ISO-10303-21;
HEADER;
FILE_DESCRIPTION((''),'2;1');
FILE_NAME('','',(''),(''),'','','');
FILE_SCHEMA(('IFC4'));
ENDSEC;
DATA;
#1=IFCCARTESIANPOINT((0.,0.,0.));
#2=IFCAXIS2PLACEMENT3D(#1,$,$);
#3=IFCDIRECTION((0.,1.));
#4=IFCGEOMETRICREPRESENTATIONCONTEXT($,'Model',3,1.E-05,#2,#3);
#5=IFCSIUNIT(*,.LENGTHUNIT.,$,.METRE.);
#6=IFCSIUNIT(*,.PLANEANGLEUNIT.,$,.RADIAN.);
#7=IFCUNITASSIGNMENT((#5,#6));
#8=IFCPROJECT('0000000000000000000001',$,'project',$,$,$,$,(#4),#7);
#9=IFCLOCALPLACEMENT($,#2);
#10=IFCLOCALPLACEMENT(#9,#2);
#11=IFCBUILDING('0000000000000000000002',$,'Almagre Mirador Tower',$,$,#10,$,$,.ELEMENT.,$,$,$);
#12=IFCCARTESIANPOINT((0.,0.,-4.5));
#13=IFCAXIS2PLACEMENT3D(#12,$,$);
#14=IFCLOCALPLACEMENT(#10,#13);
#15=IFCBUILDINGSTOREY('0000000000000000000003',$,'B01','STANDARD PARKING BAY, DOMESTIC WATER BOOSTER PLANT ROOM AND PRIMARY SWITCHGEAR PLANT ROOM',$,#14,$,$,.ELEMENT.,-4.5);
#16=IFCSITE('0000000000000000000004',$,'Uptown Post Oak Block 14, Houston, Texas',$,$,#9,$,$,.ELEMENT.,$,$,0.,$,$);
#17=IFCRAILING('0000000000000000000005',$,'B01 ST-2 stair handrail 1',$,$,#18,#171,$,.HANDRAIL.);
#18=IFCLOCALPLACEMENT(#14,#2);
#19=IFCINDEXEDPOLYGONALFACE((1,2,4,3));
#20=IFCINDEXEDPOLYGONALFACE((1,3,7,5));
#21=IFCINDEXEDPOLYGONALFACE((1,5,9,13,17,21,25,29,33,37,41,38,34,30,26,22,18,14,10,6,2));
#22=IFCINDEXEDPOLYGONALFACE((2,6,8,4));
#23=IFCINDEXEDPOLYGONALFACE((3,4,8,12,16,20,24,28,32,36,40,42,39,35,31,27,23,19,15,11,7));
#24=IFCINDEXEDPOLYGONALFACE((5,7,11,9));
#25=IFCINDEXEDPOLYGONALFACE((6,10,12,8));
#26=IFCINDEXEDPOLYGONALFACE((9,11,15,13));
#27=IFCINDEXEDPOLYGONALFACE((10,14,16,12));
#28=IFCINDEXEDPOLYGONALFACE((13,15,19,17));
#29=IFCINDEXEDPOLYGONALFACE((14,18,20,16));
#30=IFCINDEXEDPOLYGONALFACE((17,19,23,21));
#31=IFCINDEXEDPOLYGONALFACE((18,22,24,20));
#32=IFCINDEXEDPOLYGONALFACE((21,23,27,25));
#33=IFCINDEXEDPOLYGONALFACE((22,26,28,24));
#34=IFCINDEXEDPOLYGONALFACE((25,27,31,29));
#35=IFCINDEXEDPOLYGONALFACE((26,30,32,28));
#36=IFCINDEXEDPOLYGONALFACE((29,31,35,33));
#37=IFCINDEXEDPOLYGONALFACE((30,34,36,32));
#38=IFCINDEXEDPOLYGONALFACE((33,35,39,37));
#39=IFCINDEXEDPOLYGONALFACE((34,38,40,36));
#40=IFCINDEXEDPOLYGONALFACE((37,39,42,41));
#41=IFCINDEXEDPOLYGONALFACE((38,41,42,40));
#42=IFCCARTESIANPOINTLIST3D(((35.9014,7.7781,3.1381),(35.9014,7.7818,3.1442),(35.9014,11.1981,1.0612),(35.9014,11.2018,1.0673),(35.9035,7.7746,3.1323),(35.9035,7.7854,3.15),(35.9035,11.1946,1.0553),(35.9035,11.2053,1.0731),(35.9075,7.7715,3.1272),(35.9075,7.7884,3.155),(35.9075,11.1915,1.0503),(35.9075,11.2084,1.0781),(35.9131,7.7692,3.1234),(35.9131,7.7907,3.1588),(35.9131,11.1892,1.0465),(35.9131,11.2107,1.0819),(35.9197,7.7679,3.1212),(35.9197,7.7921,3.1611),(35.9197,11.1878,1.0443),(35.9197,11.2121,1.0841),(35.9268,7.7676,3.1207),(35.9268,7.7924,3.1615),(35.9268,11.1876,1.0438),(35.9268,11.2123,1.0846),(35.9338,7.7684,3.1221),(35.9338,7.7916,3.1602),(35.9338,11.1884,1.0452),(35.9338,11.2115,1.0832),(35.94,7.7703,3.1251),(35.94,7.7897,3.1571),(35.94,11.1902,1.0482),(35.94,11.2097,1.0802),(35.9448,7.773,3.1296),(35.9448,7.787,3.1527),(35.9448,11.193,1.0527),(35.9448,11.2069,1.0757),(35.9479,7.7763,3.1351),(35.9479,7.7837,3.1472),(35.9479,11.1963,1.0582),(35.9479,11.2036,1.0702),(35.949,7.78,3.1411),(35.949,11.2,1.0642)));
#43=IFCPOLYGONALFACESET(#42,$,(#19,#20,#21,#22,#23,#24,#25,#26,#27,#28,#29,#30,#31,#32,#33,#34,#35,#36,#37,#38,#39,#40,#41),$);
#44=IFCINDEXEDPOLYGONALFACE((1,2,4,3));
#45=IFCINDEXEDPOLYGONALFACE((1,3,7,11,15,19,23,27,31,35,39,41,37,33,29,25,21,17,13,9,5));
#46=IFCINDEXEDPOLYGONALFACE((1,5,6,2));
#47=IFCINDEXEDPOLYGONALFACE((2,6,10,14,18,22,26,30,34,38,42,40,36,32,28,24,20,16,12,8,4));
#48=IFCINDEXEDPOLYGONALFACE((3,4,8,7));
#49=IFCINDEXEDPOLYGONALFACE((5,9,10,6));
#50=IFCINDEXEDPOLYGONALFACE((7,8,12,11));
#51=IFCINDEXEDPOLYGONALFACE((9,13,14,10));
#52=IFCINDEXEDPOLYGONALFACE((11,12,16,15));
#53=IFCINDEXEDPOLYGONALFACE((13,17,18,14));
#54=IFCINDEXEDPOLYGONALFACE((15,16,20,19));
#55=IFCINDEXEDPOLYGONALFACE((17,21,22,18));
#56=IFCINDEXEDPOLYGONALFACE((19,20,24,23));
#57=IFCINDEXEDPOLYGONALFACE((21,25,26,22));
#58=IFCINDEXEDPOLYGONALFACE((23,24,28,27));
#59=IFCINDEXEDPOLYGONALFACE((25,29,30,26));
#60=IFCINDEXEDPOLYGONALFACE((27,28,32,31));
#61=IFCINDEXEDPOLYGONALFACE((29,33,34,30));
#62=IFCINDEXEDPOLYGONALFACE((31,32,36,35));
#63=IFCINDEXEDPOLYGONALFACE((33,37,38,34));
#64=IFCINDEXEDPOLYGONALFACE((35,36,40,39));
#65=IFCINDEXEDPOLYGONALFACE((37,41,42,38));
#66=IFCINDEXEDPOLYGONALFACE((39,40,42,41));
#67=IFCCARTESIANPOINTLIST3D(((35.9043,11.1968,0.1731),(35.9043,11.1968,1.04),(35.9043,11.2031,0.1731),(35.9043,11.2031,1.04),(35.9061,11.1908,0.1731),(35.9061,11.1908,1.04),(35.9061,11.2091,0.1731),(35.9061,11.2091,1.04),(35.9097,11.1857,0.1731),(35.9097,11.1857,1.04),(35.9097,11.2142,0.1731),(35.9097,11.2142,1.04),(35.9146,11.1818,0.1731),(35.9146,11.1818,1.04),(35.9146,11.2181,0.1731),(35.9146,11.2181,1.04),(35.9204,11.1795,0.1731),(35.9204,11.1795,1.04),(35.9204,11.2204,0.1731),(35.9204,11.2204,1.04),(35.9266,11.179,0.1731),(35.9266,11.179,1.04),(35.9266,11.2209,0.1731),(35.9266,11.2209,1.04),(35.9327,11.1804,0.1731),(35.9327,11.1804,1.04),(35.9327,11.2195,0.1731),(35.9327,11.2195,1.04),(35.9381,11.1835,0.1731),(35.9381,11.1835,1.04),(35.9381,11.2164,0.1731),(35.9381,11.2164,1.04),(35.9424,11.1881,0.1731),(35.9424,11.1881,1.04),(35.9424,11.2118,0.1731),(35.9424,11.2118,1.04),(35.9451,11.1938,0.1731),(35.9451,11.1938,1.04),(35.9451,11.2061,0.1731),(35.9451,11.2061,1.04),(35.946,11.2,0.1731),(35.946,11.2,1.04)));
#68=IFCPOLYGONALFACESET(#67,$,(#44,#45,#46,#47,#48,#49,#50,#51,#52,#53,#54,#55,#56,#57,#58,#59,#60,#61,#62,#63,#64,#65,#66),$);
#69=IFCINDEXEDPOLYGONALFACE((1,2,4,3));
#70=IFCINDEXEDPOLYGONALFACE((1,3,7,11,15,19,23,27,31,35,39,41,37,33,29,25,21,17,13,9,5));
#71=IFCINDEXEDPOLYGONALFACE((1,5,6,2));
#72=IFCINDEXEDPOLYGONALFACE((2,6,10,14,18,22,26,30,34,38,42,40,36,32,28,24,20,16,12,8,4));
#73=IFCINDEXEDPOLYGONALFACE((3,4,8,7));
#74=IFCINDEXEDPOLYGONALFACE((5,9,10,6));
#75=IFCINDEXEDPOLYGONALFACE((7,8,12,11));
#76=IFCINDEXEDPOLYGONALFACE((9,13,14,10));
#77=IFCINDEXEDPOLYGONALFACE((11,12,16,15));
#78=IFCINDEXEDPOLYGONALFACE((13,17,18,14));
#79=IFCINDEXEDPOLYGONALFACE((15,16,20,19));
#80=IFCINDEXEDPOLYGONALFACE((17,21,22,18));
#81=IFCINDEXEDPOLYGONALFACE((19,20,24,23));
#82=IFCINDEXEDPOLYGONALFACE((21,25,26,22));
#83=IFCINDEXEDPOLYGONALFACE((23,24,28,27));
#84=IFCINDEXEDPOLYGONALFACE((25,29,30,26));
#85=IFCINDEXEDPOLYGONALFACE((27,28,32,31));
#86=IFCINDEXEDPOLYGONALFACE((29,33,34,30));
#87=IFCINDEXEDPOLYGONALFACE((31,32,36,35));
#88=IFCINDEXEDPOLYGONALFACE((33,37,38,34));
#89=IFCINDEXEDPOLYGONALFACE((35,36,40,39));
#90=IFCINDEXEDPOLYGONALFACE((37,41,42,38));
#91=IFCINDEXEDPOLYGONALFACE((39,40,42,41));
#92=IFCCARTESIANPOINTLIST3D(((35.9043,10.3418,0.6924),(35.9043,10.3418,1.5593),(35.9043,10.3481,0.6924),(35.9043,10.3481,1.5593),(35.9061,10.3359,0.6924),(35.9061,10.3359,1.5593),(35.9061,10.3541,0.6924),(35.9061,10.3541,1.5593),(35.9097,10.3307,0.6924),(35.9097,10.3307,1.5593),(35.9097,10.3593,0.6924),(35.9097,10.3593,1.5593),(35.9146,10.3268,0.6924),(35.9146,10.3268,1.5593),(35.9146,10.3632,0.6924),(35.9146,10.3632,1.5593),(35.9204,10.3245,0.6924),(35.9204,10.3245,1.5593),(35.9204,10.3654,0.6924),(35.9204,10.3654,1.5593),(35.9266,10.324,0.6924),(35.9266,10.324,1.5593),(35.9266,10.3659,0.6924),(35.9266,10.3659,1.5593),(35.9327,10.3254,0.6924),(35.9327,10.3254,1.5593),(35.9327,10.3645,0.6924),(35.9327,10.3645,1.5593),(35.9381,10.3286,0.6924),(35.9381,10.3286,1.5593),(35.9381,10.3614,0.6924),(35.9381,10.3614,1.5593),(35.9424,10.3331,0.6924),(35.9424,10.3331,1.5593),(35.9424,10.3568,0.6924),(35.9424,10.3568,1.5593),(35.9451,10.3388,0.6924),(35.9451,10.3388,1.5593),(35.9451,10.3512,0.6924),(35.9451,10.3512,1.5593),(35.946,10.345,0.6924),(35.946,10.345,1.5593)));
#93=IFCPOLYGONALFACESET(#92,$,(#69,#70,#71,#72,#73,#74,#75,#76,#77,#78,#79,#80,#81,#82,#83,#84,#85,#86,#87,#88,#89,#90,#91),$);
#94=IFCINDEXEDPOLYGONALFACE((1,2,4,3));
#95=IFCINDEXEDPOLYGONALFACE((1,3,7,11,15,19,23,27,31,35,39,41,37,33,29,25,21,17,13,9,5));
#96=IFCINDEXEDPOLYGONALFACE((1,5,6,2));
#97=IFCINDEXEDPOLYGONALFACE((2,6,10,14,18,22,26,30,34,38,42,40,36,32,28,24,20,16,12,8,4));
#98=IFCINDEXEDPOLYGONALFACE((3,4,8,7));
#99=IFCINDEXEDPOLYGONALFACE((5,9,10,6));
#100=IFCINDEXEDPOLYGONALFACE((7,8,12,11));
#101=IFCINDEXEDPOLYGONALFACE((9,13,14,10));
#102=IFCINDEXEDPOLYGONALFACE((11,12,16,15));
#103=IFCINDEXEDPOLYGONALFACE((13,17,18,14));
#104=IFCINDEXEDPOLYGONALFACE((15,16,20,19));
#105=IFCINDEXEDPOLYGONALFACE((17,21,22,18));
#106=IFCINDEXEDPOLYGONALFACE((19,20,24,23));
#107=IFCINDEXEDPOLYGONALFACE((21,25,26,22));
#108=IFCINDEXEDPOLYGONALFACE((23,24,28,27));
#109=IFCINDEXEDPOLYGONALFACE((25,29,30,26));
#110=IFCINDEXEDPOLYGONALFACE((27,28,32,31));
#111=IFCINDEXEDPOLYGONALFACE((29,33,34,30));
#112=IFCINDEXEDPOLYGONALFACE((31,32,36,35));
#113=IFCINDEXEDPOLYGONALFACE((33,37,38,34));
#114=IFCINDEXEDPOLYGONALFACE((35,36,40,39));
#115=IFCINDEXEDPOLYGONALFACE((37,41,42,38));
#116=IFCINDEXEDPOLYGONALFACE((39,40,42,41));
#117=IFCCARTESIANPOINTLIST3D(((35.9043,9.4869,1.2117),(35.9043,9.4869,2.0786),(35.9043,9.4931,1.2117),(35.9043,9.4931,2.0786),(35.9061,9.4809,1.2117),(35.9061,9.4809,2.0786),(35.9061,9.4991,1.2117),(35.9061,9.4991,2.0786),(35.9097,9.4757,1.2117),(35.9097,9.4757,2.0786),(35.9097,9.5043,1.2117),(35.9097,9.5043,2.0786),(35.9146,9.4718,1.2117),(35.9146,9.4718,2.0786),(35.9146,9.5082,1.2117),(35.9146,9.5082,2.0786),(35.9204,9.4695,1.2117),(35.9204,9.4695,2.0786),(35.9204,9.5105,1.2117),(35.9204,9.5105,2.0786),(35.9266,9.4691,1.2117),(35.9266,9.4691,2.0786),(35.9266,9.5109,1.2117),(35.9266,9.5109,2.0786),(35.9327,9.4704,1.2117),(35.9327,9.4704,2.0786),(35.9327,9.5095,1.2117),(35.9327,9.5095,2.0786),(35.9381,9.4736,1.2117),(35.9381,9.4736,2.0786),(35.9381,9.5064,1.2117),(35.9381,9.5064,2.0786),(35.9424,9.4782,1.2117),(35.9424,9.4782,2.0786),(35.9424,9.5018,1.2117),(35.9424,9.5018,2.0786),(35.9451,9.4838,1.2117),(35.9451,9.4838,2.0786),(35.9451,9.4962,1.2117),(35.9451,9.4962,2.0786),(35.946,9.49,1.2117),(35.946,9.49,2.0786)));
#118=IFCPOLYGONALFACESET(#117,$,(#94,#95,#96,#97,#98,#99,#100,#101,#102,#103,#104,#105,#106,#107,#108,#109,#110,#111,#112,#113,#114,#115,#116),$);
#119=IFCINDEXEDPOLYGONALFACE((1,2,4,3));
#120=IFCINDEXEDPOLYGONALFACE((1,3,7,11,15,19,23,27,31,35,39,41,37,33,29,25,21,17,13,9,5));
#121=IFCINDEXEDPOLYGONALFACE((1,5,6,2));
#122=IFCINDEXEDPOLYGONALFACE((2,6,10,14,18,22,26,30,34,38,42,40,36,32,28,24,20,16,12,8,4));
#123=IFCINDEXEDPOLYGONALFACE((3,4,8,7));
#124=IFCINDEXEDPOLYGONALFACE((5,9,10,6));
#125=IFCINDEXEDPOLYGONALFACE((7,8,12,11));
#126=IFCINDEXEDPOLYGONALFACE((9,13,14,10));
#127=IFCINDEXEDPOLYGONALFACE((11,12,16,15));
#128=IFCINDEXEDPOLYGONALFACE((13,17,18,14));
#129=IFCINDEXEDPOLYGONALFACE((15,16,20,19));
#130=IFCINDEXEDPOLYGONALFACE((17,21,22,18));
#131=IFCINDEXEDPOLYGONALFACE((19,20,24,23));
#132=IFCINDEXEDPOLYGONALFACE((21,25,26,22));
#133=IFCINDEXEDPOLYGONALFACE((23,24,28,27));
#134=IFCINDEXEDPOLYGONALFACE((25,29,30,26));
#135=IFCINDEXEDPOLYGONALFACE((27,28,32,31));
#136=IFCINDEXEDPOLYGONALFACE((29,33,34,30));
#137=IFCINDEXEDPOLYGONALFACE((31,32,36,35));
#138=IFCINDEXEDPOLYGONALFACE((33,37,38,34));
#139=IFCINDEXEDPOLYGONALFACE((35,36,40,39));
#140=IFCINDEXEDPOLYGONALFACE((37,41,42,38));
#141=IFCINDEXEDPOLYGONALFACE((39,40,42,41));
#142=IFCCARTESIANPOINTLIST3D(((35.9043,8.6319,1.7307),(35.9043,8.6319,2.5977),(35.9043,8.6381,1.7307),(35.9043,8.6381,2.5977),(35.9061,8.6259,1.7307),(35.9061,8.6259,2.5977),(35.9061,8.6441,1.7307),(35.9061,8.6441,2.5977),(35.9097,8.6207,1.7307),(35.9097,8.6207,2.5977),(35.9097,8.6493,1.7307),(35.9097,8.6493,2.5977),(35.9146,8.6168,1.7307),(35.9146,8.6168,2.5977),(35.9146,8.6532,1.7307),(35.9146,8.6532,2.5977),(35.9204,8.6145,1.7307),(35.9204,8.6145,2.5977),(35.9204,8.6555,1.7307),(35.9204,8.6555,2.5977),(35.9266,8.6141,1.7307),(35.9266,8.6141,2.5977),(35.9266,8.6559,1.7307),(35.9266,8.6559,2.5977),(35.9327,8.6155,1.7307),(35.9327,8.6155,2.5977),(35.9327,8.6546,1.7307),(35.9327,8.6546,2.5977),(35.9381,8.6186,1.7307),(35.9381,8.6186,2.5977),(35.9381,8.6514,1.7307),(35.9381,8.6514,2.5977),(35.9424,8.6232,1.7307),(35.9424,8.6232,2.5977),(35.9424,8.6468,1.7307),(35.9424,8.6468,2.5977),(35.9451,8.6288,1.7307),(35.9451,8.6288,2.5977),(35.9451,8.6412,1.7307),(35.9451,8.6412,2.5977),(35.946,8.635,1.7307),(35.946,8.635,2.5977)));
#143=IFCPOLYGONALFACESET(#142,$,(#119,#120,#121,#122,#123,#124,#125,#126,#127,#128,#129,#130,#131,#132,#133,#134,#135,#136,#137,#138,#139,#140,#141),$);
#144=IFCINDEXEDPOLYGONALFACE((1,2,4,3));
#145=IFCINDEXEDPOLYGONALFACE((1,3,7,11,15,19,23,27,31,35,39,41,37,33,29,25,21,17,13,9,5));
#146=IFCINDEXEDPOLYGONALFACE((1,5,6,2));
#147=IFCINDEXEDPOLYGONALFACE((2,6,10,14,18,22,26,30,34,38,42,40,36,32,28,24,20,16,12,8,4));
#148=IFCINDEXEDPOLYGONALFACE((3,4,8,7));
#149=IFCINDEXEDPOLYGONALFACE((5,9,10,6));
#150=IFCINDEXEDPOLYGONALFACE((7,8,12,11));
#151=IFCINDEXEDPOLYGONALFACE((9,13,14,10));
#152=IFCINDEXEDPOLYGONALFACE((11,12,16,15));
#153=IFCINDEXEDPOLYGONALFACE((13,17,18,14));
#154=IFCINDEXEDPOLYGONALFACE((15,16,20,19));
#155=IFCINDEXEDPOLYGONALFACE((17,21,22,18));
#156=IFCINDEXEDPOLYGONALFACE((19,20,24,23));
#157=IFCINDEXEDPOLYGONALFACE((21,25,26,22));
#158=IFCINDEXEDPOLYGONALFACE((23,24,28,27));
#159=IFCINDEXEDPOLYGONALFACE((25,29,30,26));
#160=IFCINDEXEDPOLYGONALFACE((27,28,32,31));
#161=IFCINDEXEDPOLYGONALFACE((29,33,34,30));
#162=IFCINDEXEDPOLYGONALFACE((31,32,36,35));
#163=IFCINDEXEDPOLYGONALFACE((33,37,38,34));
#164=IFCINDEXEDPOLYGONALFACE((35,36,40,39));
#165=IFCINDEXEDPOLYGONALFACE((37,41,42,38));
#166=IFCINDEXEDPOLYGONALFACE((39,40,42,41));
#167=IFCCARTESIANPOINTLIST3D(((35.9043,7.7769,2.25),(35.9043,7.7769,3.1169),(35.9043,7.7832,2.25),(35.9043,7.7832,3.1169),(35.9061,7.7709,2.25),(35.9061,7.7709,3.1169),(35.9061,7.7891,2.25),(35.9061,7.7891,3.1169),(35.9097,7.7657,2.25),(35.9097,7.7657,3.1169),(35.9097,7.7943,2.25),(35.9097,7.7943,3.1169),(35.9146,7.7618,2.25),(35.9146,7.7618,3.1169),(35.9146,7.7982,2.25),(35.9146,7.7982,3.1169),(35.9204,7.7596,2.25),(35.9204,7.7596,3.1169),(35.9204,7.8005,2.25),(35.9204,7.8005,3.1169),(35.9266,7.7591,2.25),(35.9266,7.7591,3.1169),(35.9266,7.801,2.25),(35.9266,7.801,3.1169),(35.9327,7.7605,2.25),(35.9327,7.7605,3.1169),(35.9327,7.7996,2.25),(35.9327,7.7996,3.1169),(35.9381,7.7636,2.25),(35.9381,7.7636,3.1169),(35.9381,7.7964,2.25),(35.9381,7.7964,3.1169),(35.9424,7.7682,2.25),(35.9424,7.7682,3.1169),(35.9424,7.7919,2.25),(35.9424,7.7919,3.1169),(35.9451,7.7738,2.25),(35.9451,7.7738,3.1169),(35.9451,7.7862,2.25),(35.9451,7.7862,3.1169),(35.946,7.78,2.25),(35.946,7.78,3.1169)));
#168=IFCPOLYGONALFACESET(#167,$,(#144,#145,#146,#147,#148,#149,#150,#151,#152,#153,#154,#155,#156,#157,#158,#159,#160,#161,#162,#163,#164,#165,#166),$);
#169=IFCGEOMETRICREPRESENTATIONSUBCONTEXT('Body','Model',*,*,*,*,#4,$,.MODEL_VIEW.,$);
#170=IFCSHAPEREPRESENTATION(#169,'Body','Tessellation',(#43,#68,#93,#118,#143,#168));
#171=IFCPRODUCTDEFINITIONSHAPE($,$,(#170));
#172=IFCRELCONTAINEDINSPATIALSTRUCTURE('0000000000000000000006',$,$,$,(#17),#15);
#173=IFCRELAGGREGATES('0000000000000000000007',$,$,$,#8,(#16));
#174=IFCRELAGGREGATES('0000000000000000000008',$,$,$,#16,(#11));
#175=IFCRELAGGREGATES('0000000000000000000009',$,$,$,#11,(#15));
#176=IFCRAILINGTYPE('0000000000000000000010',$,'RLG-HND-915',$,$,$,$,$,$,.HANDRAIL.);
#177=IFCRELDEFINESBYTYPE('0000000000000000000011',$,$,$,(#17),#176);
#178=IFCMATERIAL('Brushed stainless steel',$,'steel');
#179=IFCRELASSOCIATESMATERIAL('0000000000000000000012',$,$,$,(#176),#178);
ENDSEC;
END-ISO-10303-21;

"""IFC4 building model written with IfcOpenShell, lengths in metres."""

from ifc_helpers import new_model, si_unit, direction, frame, origin, origin_2d, place, context, subcontext, project, spatial, circle, extrude, material, type_object, element, save


model = new_model("IFC4")

# Units and contexts
model_context = context("Model", 3, precision=1e-05, world=origin(), true_north=direction((0.0, 1.0)))
body_context = subcontext(model_context, "Body", "Model", "MODEL_VIEW")
ifc_project = project(units=[si_unit("LENGTHUNIT", "METRE"), si_unit("PLANEANGLEUNIT", "RADIAN")], contexts=[model_context])

# Site, building, storey
site_placement = place(None, origin())
site = spatial("IfcSite", under=ifc_project, at=site_placement, Name="Uptown Post Oak Block 14, Houston, Texas", CompositionType="ELEMENT", RefElevation=0.0)
building_placement = place(site_placement, origin())
building = spatial("IfcBuilding", under=site, at=building_placement, Name="Almagre Mirador Tower", CompositionType="ELEMENT")
storey_placement = place(building_placement, frame((0.0, 0.0, -4.5)))
storey = spatial("IfcBuildingStorey", under=building, at=storey_placement, Name="B01", Description="STANDARD PARKING BAY, DOMESTIC WATER BOOSTER PLANT ROOM AND PRIMARY SWITCHGEAR PLANT ROOM", CompositionType="ELEMENT", Elevation=-4.5)

# Railing
ifc_material_1 = material(Name="Brushed stainless steel", Category="steel")
railing_type_1 = type_object("IfcRailingType", Name="RLG-HND-915", PredefinedType="HANDRAIL", material=ifc_material_1)
for number, where, name in (
    (1, (35.925, 11.2, 0.1731), "B01 ST-2 stair handrail 1"),
):
    element("IfcRailing", number, at=place(storey_placement, frame(where)), inside=storey, type_object=railing_type_1, Name=name, PredefinedType="HANDRAIL", context=body_context, shape_type="SweptSolid", body=[
        extrude(circle(Radius=0.0239, at=origin_2d()), frame((0.0, 0.0, 0.8911), z_axis=(0.0, -0.85473, 0.519074), x_axis=(1.0, 0.0, 0.0)), (0.0, 0.0, 1.0), 4.0012),
        extrude(circle(Radius=0.021, at=origin_2d()), origin(), (0.0, 0.0, 1.0), 0.8669),
        extrude(circle(Radius=0.021, at=origin_2d()), frame((0.0, -0.855, 0.5193)), (0.0, 0.0, 1.0), 0.8669),
        extrude(circle(Radius=0.021, at=origin_2d()), frame((0.0, -1.71, 1.0386)), (0.0, 0.0, 1.0), 0.8669),
        extrude(circle(Radius=0.021, at=origin_2d()), frame((0.0, -2.5649, 1.5576)), (0.0, 0.0, 1.0), 0.8669),
        extrude(circle(Radius=0.021, at=origin_2d()), frame((0.0, -3.4199, 2.0769)), (0.0, 0.0, 1.0), 0.8669),
    ])

save(model, "model.ifc")
